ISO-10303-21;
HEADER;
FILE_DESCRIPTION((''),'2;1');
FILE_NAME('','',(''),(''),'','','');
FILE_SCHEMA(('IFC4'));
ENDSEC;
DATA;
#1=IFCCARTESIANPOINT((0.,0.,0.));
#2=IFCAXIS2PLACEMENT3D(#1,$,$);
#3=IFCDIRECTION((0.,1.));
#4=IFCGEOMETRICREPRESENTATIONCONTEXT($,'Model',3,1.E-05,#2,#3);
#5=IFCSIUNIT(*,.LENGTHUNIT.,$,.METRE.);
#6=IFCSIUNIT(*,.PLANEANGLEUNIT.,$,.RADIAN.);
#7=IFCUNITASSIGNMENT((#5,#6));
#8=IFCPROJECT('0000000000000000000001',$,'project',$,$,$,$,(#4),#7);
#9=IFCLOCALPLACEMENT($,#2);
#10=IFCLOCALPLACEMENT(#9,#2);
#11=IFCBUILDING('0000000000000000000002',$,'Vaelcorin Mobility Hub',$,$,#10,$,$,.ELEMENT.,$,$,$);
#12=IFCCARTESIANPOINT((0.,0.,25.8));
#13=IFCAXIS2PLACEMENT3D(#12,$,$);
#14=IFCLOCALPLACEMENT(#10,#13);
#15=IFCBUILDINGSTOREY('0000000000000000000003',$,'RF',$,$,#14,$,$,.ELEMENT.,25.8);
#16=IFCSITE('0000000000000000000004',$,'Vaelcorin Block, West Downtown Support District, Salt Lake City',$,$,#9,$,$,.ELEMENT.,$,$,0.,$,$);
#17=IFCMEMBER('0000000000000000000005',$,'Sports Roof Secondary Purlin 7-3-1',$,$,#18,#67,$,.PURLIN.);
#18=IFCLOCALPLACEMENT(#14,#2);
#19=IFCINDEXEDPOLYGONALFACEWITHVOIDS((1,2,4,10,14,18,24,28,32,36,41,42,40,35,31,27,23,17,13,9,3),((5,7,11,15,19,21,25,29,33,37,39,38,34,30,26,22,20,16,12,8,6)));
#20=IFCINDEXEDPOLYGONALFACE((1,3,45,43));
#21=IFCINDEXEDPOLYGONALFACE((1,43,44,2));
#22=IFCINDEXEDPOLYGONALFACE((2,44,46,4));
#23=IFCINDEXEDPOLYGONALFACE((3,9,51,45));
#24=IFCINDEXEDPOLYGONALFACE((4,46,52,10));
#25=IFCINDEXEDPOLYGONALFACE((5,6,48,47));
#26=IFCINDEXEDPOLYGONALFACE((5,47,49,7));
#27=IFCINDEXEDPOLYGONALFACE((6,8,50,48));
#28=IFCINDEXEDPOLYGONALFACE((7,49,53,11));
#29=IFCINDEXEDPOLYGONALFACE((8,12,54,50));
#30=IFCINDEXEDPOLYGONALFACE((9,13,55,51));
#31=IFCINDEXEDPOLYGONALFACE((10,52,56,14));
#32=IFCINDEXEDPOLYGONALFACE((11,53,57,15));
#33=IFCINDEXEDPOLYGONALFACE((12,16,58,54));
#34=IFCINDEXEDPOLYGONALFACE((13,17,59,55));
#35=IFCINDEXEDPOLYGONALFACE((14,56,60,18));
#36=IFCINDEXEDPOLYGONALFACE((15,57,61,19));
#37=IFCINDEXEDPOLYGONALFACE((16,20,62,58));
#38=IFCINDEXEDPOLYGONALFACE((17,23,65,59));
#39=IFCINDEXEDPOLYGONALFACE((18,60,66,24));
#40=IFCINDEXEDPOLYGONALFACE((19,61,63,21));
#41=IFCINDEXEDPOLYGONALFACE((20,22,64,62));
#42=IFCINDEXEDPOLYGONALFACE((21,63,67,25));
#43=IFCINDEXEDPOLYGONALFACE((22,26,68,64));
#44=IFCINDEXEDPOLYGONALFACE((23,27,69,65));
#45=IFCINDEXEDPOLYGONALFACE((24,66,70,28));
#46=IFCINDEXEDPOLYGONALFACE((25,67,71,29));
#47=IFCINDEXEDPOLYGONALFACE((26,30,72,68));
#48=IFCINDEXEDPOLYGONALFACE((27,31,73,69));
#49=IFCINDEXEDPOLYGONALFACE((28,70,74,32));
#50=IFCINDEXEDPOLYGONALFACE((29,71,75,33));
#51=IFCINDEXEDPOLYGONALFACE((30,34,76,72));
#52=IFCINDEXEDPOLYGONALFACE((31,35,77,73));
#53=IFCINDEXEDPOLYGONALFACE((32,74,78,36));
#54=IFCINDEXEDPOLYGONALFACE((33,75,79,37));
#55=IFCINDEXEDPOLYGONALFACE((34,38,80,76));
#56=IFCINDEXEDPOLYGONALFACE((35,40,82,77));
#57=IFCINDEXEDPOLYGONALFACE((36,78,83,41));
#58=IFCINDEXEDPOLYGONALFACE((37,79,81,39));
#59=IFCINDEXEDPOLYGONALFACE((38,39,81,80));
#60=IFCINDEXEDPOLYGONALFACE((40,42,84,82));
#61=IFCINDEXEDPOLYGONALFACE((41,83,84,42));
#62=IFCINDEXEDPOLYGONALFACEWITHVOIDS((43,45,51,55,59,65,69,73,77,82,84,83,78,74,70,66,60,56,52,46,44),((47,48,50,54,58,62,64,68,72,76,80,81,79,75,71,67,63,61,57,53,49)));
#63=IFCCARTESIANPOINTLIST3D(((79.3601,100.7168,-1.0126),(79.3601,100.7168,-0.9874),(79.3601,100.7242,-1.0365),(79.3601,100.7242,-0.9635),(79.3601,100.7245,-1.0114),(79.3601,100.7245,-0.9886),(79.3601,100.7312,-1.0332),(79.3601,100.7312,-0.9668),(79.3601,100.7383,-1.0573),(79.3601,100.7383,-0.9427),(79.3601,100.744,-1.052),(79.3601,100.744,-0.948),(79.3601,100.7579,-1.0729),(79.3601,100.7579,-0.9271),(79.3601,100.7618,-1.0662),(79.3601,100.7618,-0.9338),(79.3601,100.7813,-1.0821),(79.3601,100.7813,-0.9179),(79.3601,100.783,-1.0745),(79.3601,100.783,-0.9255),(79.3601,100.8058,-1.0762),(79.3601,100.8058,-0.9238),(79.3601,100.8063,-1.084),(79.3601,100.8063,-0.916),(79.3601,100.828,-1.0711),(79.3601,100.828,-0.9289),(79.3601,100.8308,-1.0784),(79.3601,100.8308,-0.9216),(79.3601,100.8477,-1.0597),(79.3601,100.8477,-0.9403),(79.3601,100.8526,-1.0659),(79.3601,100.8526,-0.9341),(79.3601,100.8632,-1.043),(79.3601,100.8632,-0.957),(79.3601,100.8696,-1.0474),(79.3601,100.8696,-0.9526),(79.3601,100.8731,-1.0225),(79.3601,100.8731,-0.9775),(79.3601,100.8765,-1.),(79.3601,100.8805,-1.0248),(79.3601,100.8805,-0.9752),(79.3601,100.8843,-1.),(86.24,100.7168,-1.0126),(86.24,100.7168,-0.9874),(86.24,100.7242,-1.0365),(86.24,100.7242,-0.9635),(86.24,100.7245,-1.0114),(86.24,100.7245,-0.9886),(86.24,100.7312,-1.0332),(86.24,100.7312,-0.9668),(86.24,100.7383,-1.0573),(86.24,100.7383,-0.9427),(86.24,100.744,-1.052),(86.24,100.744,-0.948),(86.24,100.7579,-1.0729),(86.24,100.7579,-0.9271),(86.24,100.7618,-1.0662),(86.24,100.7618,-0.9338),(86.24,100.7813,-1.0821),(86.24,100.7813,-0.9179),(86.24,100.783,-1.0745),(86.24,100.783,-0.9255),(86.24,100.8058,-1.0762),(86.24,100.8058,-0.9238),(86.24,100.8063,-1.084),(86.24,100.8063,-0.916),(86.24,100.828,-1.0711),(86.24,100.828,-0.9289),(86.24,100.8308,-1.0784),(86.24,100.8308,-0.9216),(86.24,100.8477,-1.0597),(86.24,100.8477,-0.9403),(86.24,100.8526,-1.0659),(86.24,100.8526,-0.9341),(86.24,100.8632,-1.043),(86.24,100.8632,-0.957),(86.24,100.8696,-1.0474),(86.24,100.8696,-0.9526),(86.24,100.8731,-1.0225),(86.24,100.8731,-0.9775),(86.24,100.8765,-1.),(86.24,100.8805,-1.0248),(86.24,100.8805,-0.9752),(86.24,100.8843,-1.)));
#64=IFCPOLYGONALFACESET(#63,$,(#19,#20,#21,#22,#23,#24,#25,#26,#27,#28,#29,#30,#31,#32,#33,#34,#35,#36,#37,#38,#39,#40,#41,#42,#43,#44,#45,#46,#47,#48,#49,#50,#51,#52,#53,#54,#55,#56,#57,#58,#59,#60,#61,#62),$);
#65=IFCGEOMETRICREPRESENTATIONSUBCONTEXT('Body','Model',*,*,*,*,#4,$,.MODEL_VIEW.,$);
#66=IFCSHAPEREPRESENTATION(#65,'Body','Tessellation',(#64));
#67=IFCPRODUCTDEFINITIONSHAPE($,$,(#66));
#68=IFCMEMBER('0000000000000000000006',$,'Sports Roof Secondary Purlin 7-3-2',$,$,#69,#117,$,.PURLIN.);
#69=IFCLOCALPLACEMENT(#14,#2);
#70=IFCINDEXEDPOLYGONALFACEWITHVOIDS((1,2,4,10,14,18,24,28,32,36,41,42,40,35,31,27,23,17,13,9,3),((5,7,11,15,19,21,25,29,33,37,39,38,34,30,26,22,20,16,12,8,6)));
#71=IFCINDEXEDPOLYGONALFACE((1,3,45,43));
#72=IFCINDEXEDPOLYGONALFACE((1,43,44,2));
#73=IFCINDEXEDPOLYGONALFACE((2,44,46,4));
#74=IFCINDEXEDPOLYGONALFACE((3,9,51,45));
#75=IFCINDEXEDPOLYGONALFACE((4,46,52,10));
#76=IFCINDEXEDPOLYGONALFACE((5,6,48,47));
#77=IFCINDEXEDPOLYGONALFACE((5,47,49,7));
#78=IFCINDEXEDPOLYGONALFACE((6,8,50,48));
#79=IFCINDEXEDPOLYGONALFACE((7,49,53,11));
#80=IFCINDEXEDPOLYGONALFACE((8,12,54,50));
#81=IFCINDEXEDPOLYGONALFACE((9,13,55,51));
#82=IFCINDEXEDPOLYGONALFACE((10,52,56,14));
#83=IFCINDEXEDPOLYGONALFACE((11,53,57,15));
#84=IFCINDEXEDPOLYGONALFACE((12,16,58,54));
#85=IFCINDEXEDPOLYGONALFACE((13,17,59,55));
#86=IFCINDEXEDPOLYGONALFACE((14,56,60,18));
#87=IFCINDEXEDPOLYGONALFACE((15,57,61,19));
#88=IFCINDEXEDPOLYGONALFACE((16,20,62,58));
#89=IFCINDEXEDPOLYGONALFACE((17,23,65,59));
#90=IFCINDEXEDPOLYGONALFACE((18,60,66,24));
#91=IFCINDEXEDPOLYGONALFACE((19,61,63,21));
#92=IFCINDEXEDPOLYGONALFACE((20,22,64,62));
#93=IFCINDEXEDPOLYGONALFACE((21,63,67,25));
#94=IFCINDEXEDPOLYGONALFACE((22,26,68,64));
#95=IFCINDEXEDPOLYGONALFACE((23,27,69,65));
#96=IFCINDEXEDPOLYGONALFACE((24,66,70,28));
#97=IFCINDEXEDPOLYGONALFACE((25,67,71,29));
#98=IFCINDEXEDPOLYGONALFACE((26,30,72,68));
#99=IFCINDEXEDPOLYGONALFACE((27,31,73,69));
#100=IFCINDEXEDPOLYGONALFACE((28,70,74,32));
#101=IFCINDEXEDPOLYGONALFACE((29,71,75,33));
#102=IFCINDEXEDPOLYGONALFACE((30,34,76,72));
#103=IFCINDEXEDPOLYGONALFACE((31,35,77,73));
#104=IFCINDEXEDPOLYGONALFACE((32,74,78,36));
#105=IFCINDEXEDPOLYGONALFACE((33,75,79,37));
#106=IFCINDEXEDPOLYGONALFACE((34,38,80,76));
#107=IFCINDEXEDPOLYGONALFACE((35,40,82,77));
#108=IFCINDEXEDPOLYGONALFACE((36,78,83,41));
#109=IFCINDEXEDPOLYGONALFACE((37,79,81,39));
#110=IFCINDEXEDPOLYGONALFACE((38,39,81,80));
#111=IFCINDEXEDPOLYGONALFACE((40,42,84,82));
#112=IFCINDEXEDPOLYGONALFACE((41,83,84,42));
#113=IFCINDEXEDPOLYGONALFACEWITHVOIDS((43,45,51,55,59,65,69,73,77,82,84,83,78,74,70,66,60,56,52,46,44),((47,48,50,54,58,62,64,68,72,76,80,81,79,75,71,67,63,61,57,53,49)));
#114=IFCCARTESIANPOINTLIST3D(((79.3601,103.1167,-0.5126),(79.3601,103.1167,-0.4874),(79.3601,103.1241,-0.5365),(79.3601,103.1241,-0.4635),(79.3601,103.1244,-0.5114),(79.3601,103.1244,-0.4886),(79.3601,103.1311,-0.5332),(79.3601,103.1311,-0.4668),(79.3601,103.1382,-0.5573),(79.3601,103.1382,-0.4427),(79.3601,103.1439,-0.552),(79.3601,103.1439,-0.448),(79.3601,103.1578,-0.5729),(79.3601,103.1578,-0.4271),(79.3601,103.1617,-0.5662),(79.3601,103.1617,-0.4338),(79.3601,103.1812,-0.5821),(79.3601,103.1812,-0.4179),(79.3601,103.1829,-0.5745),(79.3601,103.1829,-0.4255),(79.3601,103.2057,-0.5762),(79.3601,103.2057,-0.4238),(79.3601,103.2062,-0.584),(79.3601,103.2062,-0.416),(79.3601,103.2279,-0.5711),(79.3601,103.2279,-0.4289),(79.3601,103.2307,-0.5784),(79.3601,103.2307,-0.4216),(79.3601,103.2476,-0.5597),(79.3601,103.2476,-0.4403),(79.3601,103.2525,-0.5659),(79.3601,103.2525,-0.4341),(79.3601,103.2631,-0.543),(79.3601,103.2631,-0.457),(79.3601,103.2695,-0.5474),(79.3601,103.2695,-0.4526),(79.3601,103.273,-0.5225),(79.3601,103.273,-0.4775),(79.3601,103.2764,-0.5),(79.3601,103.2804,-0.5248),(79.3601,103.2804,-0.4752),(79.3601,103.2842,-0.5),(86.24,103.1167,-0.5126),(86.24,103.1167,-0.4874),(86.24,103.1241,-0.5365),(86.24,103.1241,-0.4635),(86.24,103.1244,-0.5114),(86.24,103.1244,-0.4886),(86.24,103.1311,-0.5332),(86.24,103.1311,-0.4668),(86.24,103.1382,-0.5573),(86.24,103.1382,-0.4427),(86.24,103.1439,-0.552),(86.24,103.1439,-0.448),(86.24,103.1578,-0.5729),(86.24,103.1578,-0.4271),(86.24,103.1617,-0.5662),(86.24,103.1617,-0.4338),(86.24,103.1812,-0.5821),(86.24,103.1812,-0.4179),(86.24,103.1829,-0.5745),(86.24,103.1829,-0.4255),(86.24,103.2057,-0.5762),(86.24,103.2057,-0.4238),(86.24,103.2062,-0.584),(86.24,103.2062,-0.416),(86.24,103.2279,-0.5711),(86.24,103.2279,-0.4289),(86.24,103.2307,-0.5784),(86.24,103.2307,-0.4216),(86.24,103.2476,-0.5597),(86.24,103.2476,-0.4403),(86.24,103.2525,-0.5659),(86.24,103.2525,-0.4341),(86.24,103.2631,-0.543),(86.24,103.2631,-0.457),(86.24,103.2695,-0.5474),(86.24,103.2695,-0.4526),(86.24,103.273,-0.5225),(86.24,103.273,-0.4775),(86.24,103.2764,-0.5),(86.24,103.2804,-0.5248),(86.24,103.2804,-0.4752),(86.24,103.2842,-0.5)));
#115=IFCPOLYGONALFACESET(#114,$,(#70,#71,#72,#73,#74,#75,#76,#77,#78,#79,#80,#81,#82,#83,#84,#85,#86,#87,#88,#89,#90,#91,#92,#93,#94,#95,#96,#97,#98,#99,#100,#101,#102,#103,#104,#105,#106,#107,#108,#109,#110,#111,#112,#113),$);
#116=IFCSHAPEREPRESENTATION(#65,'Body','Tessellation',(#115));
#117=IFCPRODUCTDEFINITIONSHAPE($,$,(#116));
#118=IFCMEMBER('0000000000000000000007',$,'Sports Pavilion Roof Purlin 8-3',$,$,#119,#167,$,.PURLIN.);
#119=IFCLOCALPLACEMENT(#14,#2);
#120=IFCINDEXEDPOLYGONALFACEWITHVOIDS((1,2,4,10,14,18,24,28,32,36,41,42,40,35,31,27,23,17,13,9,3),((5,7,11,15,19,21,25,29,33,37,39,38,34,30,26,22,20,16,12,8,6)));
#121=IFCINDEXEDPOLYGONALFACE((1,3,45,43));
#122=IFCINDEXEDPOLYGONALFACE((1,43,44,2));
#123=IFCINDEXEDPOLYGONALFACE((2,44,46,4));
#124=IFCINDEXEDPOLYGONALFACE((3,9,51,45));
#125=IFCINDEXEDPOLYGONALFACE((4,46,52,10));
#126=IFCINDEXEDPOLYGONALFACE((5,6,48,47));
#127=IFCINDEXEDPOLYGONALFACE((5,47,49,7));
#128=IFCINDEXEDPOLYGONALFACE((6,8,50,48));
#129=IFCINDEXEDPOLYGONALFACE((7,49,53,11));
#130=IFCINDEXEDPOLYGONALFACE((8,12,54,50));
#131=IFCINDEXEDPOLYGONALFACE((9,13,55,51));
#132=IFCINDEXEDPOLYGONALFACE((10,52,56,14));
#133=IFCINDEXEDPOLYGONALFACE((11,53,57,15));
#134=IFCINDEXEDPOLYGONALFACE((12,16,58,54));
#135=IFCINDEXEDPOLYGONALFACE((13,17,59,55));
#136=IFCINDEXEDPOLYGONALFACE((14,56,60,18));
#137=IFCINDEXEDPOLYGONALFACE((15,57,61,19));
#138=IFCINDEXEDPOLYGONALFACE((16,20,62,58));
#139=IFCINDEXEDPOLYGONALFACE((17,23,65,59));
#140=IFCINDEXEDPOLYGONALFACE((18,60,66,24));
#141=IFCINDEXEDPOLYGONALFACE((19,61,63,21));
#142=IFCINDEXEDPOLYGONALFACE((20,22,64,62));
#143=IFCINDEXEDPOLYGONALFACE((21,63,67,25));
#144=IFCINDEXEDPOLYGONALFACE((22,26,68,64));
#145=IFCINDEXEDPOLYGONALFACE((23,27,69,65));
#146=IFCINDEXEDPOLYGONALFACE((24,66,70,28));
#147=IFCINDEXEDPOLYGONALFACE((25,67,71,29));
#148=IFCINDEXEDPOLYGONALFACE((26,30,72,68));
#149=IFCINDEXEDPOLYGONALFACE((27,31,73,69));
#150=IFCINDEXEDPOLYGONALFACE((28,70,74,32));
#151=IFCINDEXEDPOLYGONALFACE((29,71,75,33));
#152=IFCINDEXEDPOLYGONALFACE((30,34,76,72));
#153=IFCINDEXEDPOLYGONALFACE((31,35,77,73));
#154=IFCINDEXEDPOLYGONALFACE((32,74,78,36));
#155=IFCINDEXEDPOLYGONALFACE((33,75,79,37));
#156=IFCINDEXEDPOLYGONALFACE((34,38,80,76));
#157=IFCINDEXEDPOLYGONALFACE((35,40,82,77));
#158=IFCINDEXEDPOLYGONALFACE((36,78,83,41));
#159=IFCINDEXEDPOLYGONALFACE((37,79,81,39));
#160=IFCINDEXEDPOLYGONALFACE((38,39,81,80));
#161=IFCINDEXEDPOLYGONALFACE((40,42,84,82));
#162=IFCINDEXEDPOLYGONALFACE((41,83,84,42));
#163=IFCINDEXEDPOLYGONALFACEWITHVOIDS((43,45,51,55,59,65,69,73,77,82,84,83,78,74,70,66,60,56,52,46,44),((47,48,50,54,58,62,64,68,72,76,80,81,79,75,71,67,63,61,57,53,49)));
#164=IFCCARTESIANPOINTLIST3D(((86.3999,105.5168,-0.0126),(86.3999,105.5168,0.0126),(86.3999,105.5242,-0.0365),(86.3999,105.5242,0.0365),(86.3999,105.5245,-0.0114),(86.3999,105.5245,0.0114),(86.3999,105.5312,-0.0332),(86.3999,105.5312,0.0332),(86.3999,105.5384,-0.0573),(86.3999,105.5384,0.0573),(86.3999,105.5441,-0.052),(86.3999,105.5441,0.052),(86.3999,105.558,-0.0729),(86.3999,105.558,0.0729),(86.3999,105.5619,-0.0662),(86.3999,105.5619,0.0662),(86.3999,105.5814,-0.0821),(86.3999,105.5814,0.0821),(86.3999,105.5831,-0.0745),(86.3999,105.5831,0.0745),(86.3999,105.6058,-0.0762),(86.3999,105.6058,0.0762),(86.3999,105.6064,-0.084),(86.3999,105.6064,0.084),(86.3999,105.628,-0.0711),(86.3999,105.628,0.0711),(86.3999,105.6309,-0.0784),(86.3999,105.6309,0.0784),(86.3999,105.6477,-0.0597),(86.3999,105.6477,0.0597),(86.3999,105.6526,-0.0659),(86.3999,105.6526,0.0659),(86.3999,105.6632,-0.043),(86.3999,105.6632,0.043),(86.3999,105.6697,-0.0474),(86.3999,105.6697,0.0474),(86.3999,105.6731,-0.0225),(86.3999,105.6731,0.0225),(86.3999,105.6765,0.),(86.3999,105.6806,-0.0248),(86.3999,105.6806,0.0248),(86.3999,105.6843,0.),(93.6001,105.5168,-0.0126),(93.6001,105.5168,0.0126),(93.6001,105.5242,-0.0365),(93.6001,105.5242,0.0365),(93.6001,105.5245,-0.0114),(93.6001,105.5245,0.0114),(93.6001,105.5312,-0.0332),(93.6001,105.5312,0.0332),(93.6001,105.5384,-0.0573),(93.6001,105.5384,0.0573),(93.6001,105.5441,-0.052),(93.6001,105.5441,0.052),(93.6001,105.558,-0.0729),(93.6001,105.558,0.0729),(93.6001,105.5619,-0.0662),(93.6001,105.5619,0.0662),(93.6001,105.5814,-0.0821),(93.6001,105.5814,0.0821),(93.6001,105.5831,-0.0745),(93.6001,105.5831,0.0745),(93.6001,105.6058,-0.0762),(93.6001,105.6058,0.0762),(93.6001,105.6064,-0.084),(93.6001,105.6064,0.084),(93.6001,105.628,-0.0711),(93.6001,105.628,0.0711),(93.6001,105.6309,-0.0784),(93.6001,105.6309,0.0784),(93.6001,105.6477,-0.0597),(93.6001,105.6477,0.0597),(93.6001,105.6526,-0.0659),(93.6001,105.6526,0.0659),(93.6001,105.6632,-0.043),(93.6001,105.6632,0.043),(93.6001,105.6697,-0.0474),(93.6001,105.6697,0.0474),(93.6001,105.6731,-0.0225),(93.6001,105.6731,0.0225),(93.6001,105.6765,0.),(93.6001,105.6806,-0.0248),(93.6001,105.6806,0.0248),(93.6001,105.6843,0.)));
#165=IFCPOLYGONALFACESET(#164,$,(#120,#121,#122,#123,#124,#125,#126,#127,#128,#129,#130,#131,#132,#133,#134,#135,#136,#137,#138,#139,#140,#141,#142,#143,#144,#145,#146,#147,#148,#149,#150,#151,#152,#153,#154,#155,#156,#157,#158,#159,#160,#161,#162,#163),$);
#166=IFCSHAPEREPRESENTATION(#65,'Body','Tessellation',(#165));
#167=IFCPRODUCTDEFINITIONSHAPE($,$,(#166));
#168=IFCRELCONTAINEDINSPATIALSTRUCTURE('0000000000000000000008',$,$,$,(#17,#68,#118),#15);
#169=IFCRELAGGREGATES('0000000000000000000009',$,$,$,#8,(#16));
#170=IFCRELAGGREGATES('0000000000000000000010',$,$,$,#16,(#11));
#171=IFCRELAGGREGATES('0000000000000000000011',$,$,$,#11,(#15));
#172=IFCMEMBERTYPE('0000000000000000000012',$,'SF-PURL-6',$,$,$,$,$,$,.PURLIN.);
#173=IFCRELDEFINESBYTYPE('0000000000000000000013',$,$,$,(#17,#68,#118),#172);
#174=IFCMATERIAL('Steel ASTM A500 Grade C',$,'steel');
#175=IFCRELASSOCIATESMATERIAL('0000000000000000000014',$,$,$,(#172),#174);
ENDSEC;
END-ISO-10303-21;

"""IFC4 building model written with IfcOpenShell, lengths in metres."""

from ifc_helpers import new_model, si_unit, direction, frame, origin, origin_2d, place, context, subcontext, project, spatial, hollow_circle, extrude, material, material_profile, profile_set, type_object, element, save


model = new_model("IFC4")

# Units and contexts
model_context = context("Model", 3, precision=1e-05, world=origin(), true_north=direction((0.0, 1.0)))
body_context = subcontext(model_context, "Body", "Model", "MODEL_VIEW")
ifc_project = project(units=[si_unit("LENGTHUNIT", "METRE"), si_unit("PLANEANGLEUNIT", "RADIAN")], contexts=[model_context])

# Site, building, storey
site_placement = place(None, origin())
site = spatial("IfcSite", under=ifc_project, at=site_placement, Name="Vaelcorin Block, West Downtown Support District, Salt Lake City", CompositionType="ELEMENT", RefElevation=0.0)
building_placement = place(site_placement, origin())
building = spatial("IfcBuilding", under=site, at=building_placement, Name="Vaelcorin Mobility Hub", CompositionType="ELEMENT")
storey_placement = place(building_placement, frame((0.0, 0.0, 25.8)))
storey = spatial("IfcBuildingStorey", under=building, at=storey_placement, Name="RF", CompositionType="ELEMENT", Elevation=25.8)

# Members
ifc_material_1 = material(Name="Steel ASTM A500 Grade C", Category="steel")
ifc_material_profile_1 = material_profile(ifc_material_1, hollow_circle(Radius=0.0842, WallThickness=0.0078, at=origin_2d()), Name="HSS6.625X0.312")
ifc_profile_set_1 = profile_set([ifc_material_profile_1], Name="Steel ASTM A500 Grade C")
member_type_1 = type_object("IfcMemberType", Name="SF-PURL-6", PredefinedType="PURLIN", material=ifc_profile_set_1)
for number, where, z_axis, x_axis, name in (
    (1, (79.3601, 100.8, -1.0), (1.0, 0.0, 0.0), (0.0, 1.0, 0.0), "Sports Roof Secondary Purlin 7-3-1"),
    (2, (79.3601, 103.2, -0.5), (1.0, 0.0, 0.0), (0.0, 1.0, 0.0), "Sports Roof Secondary Purlin 7-3-2"),
):
    element("IfcMember", number, at=place(storey_placement, frame(where, z_axis=z_axis, x_axis=x_axis)), inside=storey, type_object=member_type_1, Name=name, PredefinedType="PURLIN", context=body_context, shape_type="SweptSolid", body=[
        extrude(hollow_circle(Radius=0.0842, WallThickness=0.0078, at=origin_2d()), origin(), (0.0, 0.0, 1.0), 6.8799),
    ])
member_1_placement = place(storey_placement, frame((86.3999, 105.6001, 0.0), z_axis=(1.0, 0.0, 0.0), x_axis=(0.0, 1.0, 0.0)))
element("IfcMember", 3, at=member_1_placement, inside=storey, type_object=member_type_1, Name="Sports Pavilion Roof Purlin 8-3", PredefinedType="PURLIN", context=body_context, shape_type="SweptSolid", body=[
    extrude(hollow_circle(Radius=0.0842, WallThickness=0.0078, at=origin_2d()), origin(), (0.0, 0.0, 1.0), 7.2002),
])

save(model, "model.ifc")
